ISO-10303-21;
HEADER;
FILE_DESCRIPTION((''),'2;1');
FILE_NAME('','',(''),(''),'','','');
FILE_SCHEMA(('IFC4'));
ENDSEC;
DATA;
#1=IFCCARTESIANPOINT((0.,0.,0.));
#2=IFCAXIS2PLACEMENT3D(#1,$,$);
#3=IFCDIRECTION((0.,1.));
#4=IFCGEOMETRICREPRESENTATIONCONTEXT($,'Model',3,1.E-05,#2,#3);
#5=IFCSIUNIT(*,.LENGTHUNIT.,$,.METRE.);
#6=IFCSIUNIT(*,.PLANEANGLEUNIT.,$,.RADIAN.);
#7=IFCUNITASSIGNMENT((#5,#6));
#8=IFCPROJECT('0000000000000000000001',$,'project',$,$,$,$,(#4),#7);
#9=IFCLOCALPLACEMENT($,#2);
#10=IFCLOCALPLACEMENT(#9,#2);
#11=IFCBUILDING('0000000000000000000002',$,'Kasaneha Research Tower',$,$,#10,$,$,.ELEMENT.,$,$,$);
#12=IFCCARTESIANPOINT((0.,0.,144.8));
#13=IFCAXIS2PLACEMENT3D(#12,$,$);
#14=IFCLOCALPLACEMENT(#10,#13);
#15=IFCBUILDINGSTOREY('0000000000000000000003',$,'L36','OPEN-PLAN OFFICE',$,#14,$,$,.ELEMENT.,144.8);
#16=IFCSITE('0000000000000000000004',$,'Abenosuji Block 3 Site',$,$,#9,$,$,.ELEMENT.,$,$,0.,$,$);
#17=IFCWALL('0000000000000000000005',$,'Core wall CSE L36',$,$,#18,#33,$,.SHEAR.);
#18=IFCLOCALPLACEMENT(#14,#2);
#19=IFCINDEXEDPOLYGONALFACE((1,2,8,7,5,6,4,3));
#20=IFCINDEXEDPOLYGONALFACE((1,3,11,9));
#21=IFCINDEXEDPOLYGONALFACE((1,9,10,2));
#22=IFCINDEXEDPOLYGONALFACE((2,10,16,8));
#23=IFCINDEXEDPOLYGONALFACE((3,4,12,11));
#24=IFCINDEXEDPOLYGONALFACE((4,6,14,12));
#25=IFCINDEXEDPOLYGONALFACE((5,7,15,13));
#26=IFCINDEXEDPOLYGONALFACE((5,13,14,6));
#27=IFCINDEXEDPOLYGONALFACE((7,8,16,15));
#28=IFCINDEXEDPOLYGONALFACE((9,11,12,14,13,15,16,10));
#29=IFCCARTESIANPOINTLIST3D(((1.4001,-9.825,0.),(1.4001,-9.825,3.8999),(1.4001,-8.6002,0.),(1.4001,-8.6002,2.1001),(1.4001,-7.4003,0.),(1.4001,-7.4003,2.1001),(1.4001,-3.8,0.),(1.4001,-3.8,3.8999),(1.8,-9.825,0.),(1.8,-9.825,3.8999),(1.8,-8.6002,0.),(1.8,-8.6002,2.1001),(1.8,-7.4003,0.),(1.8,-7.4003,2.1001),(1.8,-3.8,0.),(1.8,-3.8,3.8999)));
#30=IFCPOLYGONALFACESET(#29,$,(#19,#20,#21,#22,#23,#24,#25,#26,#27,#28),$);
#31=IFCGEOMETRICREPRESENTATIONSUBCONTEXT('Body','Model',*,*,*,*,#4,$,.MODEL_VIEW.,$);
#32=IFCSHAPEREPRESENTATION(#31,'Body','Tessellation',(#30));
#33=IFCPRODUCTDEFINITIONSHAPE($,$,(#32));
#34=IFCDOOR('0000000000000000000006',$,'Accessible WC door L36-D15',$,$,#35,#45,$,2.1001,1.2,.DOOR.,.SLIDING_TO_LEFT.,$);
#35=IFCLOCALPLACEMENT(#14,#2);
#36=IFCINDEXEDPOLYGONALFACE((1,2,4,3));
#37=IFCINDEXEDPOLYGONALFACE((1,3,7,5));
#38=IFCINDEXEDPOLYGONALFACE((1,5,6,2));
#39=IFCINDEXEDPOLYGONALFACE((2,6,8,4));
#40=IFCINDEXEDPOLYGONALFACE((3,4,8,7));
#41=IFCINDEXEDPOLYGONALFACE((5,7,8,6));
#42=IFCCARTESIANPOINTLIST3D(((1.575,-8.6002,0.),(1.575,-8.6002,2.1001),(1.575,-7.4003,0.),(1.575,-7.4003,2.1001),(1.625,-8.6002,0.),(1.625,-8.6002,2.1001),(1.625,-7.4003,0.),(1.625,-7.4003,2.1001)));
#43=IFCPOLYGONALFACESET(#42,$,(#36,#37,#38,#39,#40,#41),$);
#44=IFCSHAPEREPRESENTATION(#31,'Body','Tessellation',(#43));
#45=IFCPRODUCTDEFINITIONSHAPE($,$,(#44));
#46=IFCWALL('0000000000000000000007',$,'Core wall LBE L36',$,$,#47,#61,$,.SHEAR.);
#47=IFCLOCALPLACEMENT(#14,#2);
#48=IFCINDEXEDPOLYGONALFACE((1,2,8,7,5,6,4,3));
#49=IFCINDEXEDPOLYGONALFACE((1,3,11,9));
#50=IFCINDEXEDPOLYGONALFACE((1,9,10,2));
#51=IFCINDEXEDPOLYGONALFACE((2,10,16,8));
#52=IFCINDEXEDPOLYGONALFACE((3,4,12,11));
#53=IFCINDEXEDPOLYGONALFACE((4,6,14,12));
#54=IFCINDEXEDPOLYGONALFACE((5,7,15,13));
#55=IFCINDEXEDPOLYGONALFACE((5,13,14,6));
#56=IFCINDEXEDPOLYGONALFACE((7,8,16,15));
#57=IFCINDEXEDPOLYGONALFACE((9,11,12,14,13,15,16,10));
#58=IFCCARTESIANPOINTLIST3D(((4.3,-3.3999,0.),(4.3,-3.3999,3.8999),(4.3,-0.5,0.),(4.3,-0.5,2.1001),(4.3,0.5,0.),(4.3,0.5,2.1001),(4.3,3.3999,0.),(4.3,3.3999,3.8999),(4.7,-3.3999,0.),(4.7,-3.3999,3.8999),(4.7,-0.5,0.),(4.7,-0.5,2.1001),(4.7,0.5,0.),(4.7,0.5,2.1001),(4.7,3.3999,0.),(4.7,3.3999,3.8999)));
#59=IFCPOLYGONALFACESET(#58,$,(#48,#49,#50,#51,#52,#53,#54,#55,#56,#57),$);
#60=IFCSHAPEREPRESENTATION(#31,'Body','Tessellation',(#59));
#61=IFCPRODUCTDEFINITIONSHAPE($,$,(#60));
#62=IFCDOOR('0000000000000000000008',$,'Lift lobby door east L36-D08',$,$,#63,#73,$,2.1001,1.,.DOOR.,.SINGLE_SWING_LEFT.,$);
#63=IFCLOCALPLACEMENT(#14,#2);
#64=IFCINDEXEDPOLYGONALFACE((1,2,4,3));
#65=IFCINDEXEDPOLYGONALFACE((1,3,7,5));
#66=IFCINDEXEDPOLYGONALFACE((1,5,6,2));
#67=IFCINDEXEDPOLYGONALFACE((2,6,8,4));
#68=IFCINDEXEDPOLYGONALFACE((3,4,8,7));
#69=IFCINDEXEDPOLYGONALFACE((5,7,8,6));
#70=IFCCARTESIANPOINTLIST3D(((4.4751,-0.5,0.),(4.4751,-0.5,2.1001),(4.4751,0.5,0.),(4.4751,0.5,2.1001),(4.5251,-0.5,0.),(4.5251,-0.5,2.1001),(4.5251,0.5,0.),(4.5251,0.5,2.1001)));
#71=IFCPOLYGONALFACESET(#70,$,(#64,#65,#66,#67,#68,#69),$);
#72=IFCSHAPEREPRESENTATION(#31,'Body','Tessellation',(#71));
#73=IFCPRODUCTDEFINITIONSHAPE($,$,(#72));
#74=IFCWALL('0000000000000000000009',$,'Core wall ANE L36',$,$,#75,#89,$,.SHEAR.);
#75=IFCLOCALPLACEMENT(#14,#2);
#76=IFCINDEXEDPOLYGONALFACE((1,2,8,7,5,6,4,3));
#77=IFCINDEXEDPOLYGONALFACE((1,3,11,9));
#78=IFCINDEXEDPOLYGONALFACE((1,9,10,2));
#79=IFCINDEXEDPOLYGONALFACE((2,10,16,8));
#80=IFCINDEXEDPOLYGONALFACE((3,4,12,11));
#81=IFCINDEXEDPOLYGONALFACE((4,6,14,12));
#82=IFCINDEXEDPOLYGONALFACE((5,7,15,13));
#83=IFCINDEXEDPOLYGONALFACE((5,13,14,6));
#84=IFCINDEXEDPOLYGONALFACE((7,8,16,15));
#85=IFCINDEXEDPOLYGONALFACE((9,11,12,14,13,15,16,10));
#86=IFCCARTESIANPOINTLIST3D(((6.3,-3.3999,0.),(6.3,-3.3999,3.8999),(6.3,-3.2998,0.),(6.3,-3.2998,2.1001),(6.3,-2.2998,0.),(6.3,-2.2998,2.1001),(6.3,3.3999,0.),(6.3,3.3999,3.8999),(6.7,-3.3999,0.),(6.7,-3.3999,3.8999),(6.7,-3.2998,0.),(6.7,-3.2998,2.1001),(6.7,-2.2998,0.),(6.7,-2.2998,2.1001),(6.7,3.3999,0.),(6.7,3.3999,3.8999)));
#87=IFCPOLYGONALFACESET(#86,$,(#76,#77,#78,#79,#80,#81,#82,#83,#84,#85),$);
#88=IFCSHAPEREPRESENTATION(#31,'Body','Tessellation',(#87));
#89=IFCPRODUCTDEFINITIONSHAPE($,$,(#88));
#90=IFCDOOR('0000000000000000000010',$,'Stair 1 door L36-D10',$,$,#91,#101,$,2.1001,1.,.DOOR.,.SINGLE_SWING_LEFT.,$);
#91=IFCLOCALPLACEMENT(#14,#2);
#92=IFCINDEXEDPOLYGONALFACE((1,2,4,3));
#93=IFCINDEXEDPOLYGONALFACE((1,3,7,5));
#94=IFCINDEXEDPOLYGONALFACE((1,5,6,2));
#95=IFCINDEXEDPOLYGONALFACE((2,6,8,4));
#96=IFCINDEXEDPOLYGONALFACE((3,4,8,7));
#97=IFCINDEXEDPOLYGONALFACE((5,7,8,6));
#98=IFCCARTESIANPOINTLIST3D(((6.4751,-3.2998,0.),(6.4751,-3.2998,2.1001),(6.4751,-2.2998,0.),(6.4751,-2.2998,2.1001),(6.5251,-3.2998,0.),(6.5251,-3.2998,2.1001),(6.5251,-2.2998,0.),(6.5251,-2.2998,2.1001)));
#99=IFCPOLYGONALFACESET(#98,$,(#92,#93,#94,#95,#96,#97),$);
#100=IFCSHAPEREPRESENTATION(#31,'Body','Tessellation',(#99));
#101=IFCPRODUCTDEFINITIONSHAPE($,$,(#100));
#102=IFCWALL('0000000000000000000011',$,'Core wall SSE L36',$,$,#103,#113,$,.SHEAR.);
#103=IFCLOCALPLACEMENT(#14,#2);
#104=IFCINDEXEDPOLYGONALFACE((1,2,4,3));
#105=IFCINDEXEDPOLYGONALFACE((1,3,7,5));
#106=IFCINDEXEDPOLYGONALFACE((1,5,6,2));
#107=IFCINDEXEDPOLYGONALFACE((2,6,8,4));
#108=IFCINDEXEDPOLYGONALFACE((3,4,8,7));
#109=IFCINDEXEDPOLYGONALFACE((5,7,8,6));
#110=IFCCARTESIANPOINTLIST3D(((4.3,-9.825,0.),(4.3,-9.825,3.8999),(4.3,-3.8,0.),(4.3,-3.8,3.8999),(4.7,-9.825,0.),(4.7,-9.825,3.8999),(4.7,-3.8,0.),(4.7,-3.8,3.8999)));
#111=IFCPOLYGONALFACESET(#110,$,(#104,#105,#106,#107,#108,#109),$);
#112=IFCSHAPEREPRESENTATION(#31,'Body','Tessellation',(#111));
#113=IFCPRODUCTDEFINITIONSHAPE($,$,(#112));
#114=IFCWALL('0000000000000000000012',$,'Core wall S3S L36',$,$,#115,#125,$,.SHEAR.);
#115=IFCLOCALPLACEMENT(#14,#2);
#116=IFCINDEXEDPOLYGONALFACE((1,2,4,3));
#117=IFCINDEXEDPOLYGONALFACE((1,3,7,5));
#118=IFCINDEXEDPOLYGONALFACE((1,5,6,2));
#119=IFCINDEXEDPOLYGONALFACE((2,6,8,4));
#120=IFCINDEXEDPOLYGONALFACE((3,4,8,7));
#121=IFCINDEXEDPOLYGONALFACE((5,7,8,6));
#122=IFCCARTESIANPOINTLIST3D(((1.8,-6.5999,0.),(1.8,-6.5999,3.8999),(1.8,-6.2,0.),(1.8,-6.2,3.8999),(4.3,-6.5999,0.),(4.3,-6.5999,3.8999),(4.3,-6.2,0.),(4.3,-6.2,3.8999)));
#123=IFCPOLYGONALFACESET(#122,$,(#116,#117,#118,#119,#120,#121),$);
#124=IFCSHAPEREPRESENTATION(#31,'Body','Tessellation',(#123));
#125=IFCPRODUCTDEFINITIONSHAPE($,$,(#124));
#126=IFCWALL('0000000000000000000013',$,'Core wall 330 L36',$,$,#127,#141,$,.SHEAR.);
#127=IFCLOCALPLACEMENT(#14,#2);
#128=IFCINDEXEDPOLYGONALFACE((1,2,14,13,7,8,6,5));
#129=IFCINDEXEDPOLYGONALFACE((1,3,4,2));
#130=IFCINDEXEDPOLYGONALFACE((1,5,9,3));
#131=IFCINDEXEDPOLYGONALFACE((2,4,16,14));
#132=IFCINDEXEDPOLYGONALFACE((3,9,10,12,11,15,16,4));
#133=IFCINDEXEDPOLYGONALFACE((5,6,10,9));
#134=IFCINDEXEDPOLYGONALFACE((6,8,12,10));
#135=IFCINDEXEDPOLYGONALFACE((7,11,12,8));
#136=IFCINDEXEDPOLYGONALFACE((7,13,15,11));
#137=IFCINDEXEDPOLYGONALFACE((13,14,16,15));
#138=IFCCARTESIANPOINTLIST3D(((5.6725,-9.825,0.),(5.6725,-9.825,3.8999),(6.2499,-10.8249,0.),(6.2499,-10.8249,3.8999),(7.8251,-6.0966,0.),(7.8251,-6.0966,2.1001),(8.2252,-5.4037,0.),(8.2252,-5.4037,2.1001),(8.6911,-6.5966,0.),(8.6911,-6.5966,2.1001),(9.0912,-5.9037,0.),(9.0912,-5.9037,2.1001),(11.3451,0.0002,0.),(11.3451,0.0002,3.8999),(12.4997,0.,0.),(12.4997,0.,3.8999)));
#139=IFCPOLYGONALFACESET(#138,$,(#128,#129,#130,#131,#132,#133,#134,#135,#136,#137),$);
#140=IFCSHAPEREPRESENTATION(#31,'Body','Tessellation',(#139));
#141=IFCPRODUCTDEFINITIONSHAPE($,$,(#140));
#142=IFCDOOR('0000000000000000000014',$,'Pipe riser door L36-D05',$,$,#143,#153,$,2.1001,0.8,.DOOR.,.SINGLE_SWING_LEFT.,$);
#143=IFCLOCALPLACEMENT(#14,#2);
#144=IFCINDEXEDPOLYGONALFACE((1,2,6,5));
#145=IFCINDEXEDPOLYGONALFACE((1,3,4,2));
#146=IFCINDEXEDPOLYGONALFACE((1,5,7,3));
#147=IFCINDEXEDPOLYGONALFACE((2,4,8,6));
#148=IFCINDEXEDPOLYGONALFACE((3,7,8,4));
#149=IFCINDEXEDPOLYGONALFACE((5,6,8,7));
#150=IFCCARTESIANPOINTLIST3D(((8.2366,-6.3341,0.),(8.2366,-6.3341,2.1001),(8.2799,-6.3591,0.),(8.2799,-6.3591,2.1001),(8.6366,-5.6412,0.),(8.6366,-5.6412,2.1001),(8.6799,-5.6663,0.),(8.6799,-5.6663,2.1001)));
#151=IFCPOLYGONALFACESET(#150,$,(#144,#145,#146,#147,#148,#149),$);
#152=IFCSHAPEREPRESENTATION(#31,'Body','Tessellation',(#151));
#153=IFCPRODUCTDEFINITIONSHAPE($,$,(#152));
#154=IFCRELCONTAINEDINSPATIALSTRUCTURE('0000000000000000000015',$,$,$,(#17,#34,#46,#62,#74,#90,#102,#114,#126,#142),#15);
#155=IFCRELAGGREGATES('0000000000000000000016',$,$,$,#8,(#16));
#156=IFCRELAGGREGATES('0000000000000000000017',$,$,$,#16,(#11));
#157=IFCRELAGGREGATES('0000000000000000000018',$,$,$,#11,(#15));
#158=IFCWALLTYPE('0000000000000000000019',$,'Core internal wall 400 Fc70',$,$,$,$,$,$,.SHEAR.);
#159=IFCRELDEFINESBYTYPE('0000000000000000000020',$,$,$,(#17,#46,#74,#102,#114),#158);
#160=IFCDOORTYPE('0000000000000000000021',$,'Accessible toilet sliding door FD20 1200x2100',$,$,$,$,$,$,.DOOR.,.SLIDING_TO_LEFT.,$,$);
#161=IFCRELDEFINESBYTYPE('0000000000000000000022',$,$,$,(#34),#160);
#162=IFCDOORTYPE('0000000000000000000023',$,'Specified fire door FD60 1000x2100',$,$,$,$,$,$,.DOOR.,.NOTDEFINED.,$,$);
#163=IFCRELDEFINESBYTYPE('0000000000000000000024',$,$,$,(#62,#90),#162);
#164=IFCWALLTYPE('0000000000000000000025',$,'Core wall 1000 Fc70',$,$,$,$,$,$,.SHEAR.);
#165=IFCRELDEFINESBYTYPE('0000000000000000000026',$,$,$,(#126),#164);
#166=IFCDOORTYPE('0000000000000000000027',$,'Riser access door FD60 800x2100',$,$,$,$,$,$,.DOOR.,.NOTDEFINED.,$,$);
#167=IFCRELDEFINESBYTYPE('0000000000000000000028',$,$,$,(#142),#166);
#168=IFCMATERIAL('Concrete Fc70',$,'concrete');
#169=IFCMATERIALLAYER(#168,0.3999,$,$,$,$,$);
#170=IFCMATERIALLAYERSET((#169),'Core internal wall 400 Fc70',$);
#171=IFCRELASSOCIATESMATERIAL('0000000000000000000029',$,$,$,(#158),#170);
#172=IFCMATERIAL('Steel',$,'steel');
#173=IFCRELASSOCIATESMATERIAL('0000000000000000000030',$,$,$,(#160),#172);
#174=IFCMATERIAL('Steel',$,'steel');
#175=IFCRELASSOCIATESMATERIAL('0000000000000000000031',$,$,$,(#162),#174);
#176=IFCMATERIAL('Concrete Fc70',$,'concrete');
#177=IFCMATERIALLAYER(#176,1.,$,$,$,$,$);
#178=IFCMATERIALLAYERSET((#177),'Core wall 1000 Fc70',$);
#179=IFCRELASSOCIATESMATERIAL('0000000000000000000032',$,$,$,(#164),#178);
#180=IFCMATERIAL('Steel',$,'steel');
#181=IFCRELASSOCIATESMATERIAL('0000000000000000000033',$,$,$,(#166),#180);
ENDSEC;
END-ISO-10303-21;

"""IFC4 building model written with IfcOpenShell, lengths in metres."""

from ifc_helpers import new_model, si_unit, direction, frame, frame_2d, origin, place, context, subcontext, project, spatial, polyline, rectangle, outline, extrude, material, layer, layer_set, type_object, element, fill, save


model = new_model("IFC4")

# Units and contexts
model_context = context("Model", 3, precision=1e-05, world=origin(), true_north=direction((0.0, 1.0)))
body_context = subcontext(model_context, "Body", "Model", "MODEL_VIEW")
ifc_project = project(units=[si_unit("LENGTHUNIT", "METRE"), si_unit("PLANEANGLEUNIT", "RADIAN")], contexts=[model_context])

# Site, building, storey
site_placement = place(None, origin())
site = spatial("IfcSite", under=ifc_project, at=site_placement, Name="Abenosuji Block 3 Site", CompositionType="ELEMENT", RefElevation=0.0)
building_placement = place(site_placement, origin())
building = spatial("IfcBuilding", under=site, at=building_placement, Name="Kasaneha Research Tower", CompositionType="ELEMENT")
storey_placement = place(building_placement, frame((0.0, 0.0, 144.8)))
storey = spatial("IfcBuildingStorey", under=building, at=storey_placement, Name="L36", Description="OPEN-PLAN OFFICE", CompositionType="ELEMENT", Elevation=144.8)

# Walls, openings, doors
ifc_material_1 = material(Name="Concrete Fc70", Category="concrete")
ifc_layer_1 = layer(ifc_material_1, 0.3999)
ifc_layer_set_1 = layer_set([ifc_layer_1], Name="Core internal wall 400 Fc70")
wall_type_1 = type_object("IfcWallType", Name="Core internal wall 400 Fc70", PredefinedType="SHEAR", material=ifc_layer_set_1)
wall_1_placement = place(storey_placement, frame((1.6001, -3.8, 0.0), z_axis=(0.0, 0.0, 1.0), x_axis=(0.0, -1.0, 0.0)))
wall_1 = element("IfcWall", 1, at=wall_1_placement, inside=storey, type_object=wall_type_1, Name="Core wall CSE L36", PredefinedType="SHEAR", context=body_context, shape_type="SweptSolid", body=[
    extrude(rectangle(XDim=6.0249, YDim=0.3999, at=frame_2d((3.0125, 0.0))), origin(), (0.0, 0.0, 1.0), 3.8999),
])
opening_1_placement = place(wall_1_placement, frame((3.6001, 0.0, 0.0)))
opening_1 = element("IfcOpeningElement", 2, at=opening_1_placement, cuts=wall_1, PredefinedType="OPENING", context=body_context, shape_type="SweptSolid", body=[
    extrude(rectangle(XDim=1.2, YDim=2.1001, at=frame_2d((0.6001, 1.05))), frame((0.0, 0.21, 0.0), z_axis=(0.0, -1.0, 0.0), x_axis=(1.0, 0.0, 0.0)), (0.0, 0.0, 1.0), 0.4199),
])
ifc_material_2 = material(Name="Steel", Category="steel")
door_type_1 = type_object("IfcDoorType", Name="Accessible toilet sliding door FD20 1200x2100", OperationType="SLIDING_TO_LEFT", PredefinedType="DOOR", material=ifc_material_2)
door_1_placement = place(opening_1_placement, origin())
door_1 = element("IfcDoor", 3, at=door_1_placement, inside=storey, type_object=door_type_1, Name="Accessible WC door L36-D15", OperationType="SLIDING_TO_LEFT", OverallHeight=2.1001, OverallWidth=1.2, PredefinedType="DOOR", context=body_context, shape_type="SweptSolid", body=[
    extrude(rectangle(XDim=1.2, YDim=2.1001, at=frame_2d((0.6001, 1.05))), frame((0.0, 0.0249, 0.0), z_axis=(0.0, -1.0, 0.0), x_axis=(1.0, 0.0, 0.0)), (0.0, 0.0, 1.0), 0.05),
])
fill(opening_1, door_1)
wall_2_placement = place(storey_placement, frame((4.5, -3.3999, 0.0), z_axis=(0.0, 0.0, 1.0), x_axis=(0.0, 1.0, 0.0)))
wall_2 = element("IfcWall", 4, at=wall_2_placement, inside=storey, type_object=wall_type_1, Name="Core wall LBE L36", PredefinedType="SHEAR", context=body_context, shape_type="SweptSolid", body=[
    extrude(rectangle(XDim=6.7998, YDim=0.3999, at=frame_2d((3.3999, 0.0))), origin(), (0.0, 0.0, 1.0), 3.8999),
])
opening_2_placement = place(wall_2_placement, frame((2.8999, 0.0, 0.0)))
opening_2 = element("IfcOpeningElement", 5, at=opening_2_placement, cuts=wall_2, PredefinedType="OPENING", context=body_context, shape_type="SweptSolid", body=[
    extrude(rectangle(XDim=1.0, YDim=2.1001, at=frame_2d((0.5, 1.05))), frame((0.0, 0.21, 0.0), z_axis=(0.0, -1.0, 0.0), x_axis=(1.0, 0.0, 0.0)), (0.0, 0.0, 1.0), 0.4199),
])
ifc_material_3 = material(Name="Steel", Category="steel")
door_type_2 = type_object("IfcDoorType", Name="Specified fire door FD60 1000x2100", OperationType="NOTDEFINED", PredefinedType="DOOR", material=ifc_material_3)
door_2_placement = place(opening_2_placement, origin())
door_2 = element("IfcDoor", 6, at=door_2_placement, inside=storey, type_object=door_type_2, Name="Lift lobby door east L36-D08", OperationType="SINGLE_SWING_LEFT", OverallHeight=2.1001, OverallWidth=1.0, PredefinedType="DOOR", context=body_context, shape_type="SweptSolid", body=[
    extrude(rectangle(XDim=1.0, YDim=2.1001, at=frame_2d((0.5, 1.05))), frame((0.0, 0.0249, 0.0), z_axis=(0.0, -1.0, 0.0), x_axis=(1.0, 0.0, 0.0)), (0.0, 0.0, 1.0), 0.05),
])
fill(opening_2, door_2)
wall_3_placement = place(storey_placement, frame((6.5, -3.3999, 0.0), z_axis=(0.0, 0.0, 1.0), x_axis=(0.0, 1.0, 0.0)))
wall_3 = element("IfcWall", 7, at=wall_3_placement, inside=storey, type_object=wall_type_1, Name="Core wall ANE L36", PredefinedType="SHEAR", context=body_context, shape_type="SweptSolid", body=[
    extrude(rectangle(XDim=6.7998, YDim=0.3999, at=frame_2d((3.3999, 0.0))), origin(), (0.0, 0.0, 1.0), 3.8999),
])
opening_3_placement = place(wall_3_placement, frame((0.1001, 0.0, 0.0)))
opening_3 = element("IfcOpeningElement", 8, at=opening_3_placement, cuts=wall_3, PredefinedType="OPENING", context=body_context, shape_type="SweptSolid", body=[
    extrude(rectangle(XDim=1.0, YDim=2.1001, at=frame_2d((0.5, 1.05))), frame((0.0, 0.21, 0.0), z_axis=(0.0, -1.0, 0.0), x_axis=(1.0, 0.0, 0.0)), (0.0, 0.0, 1.0), 0.4199),
])
door_3_placement = place(opening_3_placement, origin())
door_3 = element("IfcDoor", 9, at=door_3_placement, inside=storey, type_object=door_type_2, Name="Stair 1 door L36-D10", OperationType="SINGLE_SWING_LEFT", OverallHeight=2.1001, OverallWidth=1.0, PredefinedType="DOOR", context=body_context, shape_type="SweptSolid", body=[
    extrude(rectangle(XDim=1.0, YDim=2.1001, at=frame_2d((0.5, 1.05))), frame((0.0, 0.0249, 0.0), z_axis=(0.0, -1.0, 0.0), x_axis=(1.0, 0.0, 0.0)), (0.0, 0.0, 1.0), 0.05),
])
fill(opening_3, door_3)

# Walls
wall_4_placement = place(storey_placement, frame((4.5, -3.8, 0.0), z_axis=(0.0, 0.0, 1.0), x_axis=(0.0, -1.0, 0.0)))
element("IfcWall", 10, at=wall_4_placement, inside=storey, type_object=wall_type_1, Name="Core wall SSE L36", PredefinedType="SHEAR", context=body_context, shape_type="SweptSolid", body=[
    extrude(rectangle(XDim=6.0249, YDim=0.3999, at=frame_2d((3.0125, 0.0))), origin(), (0.0, 0.0, 1.0), 3.8999),
])
wall_5_placement = place(storey_placement, frame((1.8, -6.3999, 0.0), z_axis=(0.0, 0.0, 1.0), x_axis=(1.0, 0.0, 0.0)))
element("IfcWall", 11, at=wall_5_placement, inside=storey, type_object=wall_type_1, Name="Core wall S3S L36", PredefinedType="SHEAR", context=body_context, shape_type="SweptSolid", body=[
    extrude(rectangle(XDim=2.5, YDim=0.3999, at=frame_2d((1.25, 0.0))), origin(), (0.0, 0.0, 1.0), 3.8999),
])

# Wall, opening, door
ifc_material_4 = material(Name="Concrete Fc70", Category="concrete")
ifc_layer_2 = layer(ifc_material_4, 1.0)
ifc_layer_set_2 = layer_set([ifc_layer_2], Name="Core wall 1000 Fc70")
wall_type_2 = type_object("IfcWallType", Name="Core wall 1000 Fc70", PredefinedType="SHEAR", material=ifc_layer_set_2)
wall_6_placement = place(storey_placement, frame((5.9612, -10.325, 0.0), z_axis=(0.0, 0.0, 1.0), x_axis=(0.500004, 0.866023, 0.0)))
wall_6 = element("IfcWall", 12, at=wall_6_placement, inside=storey, type_object=wall_type_2, Name="Core wall 330 L36", PredefinedType="SHEAR", context=body_context, shape_type="SweptSolid", body=[
    extrude(outline(polyline([(-0.2886, -0.5), (4.594, -0.5), (5.394, -0.5), (12.2109, -0.5), (11.6338, 0.5), (5.394, 0.5), (4.594, 0.5), (0.2886, 0.5), (-0.2886, -0.5)])), origin(), (0.0, 0.0, 1.0), 3.8999),
])
opening_4_placement = place(wall_6_placement, frame((4.594, 0.0, 0.0)))
opening_4 = element("IfcOpeningElement", 13, at=opening_4_placement, cuts=wall_6, PredefinedType="OPENING", context=body_context, shape_type="SweptSolid", body=[
    extrude(rectangle(XDim=0.8, YDim=2.1001, at=frame_2d((0.3999, 1.05))), frame((0.0, 0.51, 0.0), z_axis=(0.0, -1.0, 0.0), x_axis=(1.0, 0.0, 0.0)), (0.0, 0.0, 1.0), 1.02),
])
ifc_material_5 = material(Name="Steel", Category="steel")
door_type_3 = type_object("IfcDoorType", Name="Riser access door FD60 800x2100", OperationType="NOTDEFINED", PredefinedType="DOOR", material=ifc_material_5)
door_4_placement = place(opening_4_placement, origin())
door_4 = element("IfcDoor", 14, at=door_4_placement, inside=storey, type_object=door_type_3, Name="Pipe riser door L36-D05", OperationType="SINGLE_SWING_LEFT", OverallHeight=2.1001, OverallWidth=0.8, PredefinedType="DOOR", context=body_context, shape_type="SweptSolid", body=[
    extrude(rectangle(XDim=0.8, YDim=2.1001, at=frame_2d((0.3999, 1.05))), frame((0.0, 0.0249, 0.0), z_axis=(0.0, -1.0, 0.0), x_axis=(1.0, 0.0, 0.0)), (0.0, 0.0, 1.0), 0.05),
])
fill(opening_4, door_4)

save(model, "model.ifc")
